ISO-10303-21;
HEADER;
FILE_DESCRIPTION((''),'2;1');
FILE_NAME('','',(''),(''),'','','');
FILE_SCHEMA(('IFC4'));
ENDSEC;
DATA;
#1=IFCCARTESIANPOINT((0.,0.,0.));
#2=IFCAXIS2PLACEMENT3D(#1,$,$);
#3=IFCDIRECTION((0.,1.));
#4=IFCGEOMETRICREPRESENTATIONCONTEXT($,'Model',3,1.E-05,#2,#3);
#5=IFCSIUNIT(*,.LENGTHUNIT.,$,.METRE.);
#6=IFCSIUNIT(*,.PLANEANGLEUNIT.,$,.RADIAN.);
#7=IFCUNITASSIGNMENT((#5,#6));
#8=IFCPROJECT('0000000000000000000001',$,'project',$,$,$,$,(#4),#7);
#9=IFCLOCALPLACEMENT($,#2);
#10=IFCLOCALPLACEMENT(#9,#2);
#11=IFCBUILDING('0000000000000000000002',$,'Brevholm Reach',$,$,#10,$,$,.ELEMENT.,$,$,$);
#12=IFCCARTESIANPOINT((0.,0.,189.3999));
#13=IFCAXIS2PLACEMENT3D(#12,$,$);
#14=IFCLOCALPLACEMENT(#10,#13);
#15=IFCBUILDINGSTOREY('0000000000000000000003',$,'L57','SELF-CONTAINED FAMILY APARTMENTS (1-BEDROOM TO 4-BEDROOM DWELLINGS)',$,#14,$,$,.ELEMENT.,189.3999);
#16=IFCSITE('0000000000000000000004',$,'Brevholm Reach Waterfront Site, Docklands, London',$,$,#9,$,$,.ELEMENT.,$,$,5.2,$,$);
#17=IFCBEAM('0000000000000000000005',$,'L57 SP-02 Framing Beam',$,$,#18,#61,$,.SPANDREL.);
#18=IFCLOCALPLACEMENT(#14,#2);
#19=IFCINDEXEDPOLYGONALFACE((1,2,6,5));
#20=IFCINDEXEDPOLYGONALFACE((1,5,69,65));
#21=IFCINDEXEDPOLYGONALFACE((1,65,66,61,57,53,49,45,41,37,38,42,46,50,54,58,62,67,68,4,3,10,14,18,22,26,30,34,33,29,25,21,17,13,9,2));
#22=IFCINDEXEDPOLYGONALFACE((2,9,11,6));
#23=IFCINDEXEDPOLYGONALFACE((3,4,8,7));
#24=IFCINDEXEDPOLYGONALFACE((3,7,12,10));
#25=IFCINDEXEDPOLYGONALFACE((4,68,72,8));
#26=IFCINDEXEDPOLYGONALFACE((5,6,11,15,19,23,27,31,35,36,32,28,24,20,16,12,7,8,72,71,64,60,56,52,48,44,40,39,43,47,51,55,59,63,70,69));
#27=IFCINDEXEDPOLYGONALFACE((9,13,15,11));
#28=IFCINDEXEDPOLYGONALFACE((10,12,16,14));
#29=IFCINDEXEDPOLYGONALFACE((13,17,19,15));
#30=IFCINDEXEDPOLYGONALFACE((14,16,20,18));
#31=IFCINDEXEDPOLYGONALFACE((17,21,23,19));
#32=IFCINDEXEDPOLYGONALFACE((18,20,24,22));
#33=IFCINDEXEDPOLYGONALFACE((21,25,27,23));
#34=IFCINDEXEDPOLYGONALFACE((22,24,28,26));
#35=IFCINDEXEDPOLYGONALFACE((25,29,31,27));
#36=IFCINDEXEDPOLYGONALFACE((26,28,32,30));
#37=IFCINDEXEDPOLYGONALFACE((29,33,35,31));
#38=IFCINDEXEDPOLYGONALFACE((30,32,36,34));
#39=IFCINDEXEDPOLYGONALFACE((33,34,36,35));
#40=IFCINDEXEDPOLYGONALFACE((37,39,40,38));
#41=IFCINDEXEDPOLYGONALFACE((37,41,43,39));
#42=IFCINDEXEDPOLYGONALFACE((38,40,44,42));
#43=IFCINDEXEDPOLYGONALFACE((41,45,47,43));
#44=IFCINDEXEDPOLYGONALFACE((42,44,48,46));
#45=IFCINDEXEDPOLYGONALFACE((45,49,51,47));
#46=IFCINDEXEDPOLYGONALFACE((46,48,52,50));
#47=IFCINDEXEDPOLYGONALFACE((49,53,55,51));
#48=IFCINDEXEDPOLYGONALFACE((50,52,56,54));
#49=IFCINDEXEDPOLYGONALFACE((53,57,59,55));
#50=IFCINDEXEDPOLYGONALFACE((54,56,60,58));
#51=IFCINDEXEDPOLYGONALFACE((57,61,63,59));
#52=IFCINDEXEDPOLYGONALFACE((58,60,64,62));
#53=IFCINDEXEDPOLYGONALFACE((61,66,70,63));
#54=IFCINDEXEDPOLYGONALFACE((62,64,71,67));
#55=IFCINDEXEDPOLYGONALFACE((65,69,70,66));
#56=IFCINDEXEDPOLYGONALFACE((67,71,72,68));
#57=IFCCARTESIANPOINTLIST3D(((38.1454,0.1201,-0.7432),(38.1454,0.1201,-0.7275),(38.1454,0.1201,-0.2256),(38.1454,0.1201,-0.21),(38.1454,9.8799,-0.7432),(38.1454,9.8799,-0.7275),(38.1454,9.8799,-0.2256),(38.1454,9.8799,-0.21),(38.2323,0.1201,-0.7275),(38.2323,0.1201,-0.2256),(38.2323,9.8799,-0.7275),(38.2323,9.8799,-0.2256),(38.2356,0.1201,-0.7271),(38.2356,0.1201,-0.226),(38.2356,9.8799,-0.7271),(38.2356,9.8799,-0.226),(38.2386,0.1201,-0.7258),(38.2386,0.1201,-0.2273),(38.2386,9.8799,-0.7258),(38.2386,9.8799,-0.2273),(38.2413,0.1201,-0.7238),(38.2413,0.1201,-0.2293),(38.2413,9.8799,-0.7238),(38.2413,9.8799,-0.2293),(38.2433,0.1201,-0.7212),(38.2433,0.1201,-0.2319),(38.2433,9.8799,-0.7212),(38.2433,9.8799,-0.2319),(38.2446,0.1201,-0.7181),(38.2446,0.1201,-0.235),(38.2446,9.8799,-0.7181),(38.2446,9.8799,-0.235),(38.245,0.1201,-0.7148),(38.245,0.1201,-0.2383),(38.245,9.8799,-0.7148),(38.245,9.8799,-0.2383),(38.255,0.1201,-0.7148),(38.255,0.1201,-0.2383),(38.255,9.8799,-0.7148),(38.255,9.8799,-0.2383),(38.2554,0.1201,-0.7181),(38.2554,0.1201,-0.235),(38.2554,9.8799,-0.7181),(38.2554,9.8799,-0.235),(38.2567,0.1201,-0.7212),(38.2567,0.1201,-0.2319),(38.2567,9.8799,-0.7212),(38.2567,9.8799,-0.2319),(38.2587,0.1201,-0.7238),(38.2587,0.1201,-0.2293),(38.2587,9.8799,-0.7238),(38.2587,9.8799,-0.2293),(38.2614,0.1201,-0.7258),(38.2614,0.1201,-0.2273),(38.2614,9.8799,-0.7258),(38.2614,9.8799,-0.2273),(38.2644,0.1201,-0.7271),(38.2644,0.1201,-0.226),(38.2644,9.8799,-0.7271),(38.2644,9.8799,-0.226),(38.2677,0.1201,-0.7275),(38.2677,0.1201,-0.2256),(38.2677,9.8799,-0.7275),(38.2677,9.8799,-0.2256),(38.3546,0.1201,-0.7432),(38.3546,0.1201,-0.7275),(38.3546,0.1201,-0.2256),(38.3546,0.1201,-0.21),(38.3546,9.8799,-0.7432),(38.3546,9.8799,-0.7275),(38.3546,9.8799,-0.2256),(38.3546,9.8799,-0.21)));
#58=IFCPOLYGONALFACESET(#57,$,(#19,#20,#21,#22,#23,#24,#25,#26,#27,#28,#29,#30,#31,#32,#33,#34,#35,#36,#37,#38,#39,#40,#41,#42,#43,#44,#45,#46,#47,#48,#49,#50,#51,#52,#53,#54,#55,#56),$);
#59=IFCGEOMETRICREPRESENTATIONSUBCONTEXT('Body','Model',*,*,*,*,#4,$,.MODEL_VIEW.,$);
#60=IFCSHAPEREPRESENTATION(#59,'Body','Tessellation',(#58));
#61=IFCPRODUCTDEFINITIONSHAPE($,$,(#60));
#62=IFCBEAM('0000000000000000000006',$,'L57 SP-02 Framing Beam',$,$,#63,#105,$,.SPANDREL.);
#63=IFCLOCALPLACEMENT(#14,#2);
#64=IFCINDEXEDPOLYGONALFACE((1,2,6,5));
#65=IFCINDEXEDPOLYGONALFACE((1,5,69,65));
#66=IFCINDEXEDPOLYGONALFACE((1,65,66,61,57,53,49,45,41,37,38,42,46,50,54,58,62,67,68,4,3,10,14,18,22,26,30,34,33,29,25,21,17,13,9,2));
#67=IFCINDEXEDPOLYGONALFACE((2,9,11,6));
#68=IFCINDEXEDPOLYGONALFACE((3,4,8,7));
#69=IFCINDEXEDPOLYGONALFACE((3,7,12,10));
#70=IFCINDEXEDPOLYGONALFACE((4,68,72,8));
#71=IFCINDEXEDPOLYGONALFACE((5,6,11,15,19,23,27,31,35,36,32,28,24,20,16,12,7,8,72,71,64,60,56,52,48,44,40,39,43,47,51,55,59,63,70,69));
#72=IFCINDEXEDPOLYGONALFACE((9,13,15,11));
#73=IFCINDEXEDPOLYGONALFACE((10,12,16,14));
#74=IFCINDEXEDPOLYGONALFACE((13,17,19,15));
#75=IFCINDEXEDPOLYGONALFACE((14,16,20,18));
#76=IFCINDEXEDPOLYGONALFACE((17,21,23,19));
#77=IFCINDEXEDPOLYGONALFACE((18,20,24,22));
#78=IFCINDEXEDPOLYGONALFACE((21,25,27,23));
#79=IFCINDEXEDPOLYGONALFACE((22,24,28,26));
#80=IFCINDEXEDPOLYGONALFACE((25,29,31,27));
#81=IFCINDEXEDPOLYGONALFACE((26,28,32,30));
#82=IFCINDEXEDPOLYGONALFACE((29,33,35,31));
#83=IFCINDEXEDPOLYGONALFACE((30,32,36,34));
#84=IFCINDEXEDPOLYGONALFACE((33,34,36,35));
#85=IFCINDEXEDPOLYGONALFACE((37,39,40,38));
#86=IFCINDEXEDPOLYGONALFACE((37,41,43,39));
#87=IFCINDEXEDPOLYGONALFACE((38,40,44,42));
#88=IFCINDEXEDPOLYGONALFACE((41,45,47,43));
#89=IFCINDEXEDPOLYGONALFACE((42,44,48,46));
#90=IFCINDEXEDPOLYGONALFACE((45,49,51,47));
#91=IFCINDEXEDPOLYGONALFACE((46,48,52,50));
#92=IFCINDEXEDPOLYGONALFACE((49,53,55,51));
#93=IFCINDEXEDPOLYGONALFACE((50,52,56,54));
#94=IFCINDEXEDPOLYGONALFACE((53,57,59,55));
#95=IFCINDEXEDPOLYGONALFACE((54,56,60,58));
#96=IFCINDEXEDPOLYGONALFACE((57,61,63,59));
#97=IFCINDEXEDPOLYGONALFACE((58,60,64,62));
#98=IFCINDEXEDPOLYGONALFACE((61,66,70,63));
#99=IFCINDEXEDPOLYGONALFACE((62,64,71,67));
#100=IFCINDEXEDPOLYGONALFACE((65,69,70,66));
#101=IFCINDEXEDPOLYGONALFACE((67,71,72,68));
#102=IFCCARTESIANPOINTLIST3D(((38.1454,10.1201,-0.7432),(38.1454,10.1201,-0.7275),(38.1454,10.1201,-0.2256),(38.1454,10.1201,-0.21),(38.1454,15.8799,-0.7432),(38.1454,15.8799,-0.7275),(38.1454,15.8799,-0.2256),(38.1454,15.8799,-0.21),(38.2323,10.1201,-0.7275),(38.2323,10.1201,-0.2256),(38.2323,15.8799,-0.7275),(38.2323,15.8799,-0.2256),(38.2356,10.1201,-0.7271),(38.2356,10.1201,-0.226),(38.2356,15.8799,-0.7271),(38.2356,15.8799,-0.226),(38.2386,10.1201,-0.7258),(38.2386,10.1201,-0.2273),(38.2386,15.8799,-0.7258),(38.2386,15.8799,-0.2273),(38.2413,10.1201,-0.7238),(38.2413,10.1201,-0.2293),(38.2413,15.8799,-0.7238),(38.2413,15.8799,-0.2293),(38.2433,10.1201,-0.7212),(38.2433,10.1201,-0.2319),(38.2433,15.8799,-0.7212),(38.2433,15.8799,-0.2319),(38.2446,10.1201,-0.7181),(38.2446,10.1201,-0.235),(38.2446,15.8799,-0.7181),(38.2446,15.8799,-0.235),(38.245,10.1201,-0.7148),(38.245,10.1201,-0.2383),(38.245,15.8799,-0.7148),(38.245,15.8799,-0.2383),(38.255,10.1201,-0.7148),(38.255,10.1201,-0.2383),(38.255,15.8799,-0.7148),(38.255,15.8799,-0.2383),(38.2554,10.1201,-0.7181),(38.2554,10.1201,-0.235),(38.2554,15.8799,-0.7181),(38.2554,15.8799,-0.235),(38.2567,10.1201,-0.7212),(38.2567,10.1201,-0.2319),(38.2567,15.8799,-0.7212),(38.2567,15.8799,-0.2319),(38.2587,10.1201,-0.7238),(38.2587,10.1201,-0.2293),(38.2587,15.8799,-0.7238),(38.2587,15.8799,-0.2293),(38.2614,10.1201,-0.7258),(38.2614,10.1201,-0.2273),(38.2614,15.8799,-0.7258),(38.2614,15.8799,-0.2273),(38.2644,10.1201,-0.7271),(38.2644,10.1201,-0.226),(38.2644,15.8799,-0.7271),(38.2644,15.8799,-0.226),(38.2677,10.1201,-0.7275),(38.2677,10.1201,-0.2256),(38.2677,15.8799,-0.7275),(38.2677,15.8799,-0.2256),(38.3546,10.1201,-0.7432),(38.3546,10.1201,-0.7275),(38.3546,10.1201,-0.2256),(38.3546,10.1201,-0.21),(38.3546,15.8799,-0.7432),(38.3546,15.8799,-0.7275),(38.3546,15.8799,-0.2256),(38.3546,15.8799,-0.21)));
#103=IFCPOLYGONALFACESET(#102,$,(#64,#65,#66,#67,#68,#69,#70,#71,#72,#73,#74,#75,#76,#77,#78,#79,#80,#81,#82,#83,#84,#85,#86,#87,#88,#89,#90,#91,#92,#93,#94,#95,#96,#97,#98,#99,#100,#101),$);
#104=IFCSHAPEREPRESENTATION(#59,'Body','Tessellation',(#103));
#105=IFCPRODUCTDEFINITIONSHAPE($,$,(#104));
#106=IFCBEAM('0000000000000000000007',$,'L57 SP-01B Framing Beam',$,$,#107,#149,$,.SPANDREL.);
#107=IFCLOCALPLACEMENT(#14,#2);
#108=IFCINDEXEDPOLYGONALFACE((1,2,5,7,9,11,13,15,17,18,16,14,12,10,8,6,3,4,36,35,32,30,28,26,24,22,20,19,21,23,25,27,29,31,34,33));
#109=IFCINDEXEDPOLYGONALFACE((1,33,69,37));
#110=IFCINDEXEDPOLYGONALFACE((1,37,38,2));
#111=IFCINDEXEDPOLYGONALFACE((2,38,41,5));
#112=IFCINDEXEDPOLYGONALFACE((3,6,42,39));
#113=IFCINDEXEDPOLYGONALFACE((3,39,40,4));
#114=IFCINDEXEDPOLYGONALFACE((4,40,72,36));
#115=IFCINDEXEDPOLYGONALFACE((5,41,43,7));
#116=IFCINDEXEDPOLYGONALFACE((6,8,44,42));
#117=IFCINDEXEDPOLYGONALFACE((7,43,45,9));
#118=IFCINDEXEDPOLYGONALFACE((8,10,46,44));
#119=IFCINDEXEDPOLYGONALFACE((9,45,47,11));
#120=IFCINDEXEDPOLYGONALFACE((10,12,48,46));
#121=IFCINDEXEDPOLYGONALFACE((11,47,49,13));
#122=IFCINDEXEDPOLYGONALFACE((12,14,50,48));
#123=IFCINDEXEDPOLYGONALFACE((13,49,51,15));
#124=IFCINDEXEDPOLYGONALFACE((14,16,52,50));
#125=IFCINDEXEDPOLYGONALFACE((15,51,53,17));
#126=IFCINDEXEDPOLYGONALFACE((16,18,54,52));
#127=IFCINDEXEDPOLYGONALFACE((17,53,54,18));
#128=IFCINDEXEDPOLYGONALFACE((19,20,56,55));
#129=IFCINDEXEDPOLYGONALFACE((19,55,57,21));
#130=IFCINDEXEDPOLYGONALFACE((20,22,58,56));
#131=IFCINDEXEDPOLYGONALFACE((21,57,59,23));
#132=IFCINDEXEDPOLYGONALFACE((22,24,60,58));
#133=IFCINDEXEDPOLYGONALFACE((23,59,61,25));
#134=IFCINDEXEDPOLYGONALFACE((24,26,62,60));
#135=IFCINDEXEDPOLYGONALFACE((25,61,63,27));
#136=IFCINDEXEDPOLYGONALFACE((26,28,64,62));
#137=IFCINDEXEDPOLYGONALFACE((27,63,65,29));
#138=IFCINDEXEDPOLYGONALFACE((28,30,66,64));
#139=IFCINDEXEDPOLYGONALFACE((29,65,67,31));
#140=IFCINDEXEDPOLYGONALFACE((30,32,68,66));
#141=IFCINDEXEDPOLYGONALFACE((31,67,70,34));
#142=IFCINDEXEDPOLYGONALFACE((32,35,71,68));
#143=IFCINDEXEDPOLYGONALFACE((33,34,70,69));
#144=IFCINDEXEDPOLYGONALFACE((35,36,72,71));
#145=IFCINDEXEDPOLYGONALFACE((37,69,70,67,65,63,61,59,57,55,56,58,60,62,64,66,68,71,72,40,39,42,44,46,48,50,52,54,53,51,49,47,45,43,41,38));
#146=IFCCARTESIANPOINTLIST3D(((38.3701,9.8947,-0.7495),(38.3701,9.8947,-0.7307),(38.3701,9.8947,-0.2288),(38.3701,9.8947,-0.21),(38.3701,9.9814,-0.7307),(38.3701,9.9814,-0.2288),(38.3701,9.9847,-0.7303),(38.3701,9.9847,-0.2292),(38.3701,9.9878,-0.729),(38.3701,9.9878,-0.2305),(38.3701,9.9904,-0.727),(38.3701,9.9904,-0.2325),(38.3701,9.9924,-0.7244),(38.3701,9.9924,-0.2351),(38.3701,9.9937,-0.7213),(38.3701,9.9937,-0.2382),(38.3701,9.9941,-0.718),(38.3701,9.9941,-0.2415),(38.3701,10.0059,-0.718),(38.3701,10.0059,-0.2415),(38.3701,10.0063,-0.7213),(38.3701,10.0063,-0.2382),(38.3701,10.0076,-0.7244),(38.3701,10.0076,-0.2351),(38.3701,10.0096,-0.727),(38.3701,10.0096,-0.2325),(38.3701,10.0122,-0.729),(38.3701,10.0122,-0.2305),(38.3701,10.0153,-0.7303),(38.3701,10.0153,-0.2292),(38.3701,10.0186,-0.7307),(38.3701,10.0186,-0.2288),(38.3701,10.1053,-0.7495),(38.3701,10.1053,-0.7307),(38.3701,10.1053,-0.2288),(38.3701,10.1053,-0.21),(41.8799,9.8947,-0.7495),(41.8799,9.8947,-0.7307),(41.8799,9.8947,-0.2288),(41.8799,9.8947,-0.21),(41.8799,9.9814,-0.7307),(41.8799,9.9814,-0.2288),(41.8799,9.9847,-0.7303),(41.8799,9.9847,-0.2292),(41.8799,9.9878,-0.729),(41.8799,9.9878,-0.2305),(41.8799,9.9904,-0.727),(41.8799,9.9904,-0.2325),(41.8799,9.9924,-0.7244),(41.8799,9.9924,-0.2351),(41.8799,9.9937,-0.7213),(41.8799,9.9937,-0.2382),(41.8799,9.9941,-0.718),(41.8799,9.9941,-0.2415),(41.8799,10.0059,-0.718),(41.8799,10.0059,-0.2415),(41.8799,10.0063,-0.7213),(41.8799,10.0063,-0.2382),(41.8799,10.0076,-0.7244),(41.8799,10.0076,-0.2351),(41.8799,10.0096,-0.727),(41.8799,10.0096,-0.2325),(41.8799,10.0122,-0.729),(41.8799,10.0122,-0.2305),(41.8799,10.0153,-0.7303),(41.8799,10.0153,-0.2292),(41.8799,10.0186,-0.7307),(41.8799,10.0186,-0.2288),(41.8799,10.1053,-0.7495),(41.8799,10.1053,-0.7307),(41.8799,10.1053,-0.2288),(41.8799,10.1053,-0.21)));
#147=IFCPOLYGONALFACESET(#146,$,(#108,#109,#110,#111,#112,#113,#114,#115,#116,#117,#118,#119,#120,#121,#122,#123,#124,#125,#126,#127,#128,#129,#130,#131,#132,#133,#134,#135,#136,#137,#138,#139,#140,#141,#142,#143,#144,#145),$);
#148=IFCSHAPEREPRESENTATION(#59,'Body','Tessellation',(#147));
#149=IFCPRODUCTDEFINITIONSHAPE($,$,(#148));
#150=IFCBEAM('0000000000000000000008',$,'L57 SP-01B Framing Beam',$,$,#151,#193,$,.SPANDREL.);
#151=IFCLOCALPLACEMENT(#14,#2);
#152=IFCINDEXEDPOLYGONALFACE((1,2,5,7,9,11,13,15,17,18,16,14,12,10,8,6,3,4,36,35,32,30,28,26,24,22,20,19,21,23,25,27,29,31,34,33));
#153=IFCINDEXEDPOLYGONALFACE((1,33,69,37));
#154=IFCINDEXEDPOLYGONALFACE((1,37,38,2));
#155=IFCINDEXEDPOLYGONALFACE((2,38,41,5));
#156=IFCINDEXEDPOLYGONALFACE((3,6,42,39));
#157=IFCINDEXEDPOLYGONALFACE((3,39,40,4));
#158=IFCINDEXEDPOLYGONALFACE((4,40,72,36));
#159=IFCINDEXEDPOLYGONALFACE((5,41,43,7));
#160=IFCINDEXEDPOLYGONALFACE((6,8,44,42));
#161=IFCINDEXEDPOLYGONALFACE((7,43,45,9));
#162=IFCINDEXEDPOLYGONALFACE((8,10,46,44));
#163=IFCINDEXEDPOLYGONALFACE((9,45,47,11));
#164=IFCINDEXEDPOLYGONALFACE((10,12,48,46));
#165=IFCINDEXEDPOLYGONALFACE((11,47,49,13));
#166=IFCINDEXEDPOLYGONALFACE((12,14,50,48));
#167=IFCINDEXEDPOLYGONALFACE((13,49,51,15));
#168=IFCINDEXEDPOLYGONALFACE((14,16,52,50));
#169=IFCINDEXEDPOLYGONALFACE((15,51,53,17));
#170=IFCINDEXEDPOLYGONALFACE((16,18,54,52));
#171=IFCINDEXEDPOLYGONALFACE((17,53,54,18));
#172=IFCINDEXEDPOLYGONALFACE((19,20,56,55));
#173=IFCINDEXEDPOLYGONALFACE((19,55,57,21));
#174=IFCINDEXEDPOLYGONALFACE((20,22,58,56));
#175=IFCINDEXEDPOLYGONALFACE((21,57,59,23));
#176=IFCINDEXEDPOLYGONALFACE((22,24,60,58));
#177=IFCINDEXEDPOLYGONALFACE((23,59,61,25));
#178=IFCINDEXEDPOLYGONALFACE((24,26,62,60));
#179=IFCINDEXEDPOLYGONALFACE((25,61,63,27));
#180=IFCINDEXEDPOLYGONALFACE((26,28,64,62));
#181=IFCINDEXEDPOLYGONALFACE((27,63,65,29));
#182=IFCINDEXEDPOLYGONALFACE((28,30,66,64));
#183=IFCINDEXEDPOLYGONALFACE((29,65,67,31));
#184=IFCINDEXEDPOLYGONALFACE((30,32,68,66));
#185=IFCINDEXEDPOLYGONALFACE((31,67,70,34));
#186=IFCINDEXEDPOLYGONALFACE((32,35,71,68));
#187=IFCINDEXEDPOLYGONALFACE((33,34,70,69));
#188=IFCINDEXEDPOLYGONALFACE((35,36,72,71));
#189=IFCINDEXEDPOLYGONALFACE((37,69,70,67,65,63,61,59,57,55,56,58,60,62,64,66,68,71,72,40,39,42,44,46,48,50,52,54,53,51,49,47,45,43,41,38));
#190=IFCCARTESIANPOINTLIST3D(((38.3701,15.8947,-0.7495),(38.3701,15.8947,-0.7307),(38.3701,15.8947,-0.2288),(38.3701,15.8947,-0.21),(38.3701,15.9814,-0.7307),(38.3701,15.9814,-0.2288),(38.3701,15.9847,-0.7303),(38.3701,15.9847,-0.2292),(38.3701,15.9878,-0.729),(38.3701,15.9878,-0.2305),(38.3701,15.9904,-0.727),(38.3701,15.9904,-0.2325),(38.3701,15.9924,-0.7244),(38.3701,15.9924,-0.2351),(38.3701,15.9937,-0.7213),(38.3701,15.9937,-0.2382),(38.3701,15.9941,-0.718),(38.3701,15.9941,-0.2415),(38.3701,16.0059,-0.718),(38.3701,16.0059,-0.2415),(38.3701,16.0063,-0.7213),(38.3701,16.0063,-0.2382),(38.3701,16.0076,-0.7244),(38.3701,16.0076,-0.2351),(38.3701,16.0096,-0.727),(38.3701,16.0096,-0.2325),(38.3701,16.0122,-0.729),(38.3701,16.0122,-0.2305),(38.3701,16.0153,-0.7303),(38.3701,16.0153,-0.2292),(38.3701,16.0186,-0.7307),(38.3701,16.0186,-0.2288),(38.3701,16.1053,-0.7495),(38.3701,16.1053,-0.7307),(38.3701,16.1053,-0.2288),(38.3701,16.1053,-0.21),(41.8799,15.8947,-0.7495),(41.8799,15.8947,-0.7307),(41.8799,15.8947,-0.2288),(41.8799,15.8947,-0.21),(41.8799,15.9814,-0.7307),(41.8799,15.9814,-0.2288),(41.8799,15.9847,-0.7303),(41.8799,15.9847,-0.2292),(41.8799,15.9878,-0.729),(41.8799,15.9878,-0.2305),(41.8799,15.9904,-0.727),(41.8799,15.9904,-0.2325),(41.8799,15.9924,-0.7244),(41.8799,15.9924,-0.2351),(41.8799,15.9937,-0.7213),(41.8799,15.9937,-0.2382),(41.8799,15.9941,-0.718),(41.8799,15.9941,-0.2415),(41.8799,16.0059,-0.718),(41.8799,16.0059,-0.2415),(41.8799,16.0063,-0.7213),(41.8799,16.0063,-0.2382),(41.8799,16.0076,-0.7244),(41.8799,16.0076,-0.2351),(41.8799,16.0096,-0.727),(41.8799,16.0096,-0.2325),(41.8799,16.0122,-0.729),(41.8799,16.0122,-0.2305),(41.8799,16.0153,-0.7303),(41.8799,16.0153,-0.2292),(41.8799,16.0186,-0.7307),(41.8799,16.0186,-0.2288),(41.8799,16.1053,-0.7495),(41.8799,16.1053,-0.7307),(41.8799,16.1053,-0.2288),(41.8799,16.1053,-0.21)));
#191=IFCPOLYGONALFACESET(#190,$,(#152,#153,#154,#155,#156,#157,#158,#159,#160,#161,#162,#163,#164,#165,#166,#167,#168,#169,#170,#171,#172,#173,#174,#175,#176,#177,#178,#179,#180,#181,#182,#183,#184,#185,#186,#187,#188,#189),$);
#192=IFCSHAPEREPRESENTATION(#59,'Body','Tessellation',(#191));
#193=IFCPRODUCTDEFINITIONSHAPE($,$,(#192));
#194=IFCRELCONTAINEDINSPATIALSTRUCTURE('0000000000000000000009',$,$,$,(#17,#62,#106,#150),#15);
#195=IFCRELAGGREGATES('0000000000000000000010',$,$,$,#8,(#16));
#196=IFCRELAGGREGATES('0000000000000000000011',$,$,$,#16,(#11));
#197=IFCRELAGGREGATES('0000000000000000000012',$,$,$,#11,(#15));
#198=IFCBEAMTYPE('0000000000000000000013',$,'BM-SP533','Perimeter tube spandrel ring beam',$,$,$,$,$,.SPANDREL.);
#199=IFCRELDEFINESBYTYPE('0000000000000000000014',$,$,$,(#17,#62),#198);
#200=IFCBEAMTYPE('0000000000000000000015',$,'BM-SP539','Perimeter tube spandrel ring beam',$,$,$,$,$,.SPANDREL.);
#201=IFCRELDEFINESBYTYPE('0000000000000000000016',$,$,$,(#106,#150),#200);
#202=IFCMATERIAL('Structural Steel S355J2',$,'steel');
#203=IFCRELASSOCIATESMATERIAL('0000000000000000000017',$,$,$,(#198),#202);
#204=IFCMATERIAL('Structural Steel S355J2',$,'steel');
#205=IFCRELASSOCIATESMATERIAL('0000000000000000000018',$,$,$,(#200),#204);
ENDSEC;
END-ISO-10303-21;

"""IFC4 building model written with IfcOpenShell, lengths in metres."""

from ifc_helpers import new_model, si_unit, direction, frame, origin, origin_2d, place, context, subcontext, project, spatial, i_section, extrude, material, material_profile, profile_set, type_object, element, save


model = new_model("IFC4")

# Units and contexts
model_context = context("Model", 3, precision=1e-05, world=origin(), true_north=direction((0.0, 1.0)))
body_context = subcontext(model_context, "Body", "Model", "MODEL_VIEW")
ifc_project = project(units=[si_unit("LENGTHUNIT", "METRE"), si_unit("PLANEANGLEUNIT", "RADIAN")], contexts=[model_context])

# Site, building, storey
site_placement = place(None, origin())
site = spatial("IfcSite", under=ifc_project, at=site_placement, Name="Brevholm Reach Waterfront Site, Docklands, London", CompositionType="ELEMENT", RefElevation=5.2)
building_placement = place(site_placement, origin())
building = spatial("IfcBuilding", under=site, at=building_placement, Name="Brevholm Reach", CompositionType="ELEMENT")
storey_placement = place(building_placement, frame((0.0, 0.0, 189.3999)))
storey = spatial("IfcBuildingStorey", under=building, at=storey_placement, Name="L57", Description="SELF-CONTAINED FAMILY APARTMENTS (1-BEDROOM TO 4-BEDROOM DWELLINGS)", CompositionType="ELEMENT", Elevation=189.3999)

# Beams
ifc_material_1 = material(Name="Structural Steel S355J2", Category="steel")
ifc_material_profile_1 = material_profile(ifc_material_1, i_section(OverallWidth=0.2092, OverallDepth=0.5332, WebThickness=0.01, FlangeThickness=0.0156, FilletRadius=0.0127, at=origin_2d()), Name="UKB 533x210x92")
ifc_profile_set_1 = profile_set([ifc_material_profile_1], Name="Structural Steel S355J2")
beam_type_1 = type_object("IfcBeamType", Name="BM-SP533", Description="Perimeter tube spandrel ring beam", PredefinedType="SPANDREL", material=ifc_profile_set_1)
beam_1_placement = place(storey_placement, frame((38.25, 0.1201, -0.4766), z_axis=(0.0, 1.0, 0.0), x_axis=(-1.0, 0.0, 0.0)))
element("IfcBeam", 1, at=beam_1_placement, inside=storey, type_object=beam_type_1, Name="L57 SP-02 Framing Beam", PredefinedType="SPANDREL", context=body_context, shape_type="SweptSolid", body=[
    extrude(i_section(OverallWidth=0.2092, OverallDepth=0.5332, WebThickness=0.01, FlangeThickness=0.0156, FilletRadius=0.0127, at=origin_2d()), origin(), (0.0, 0.0, 1.0), 9.7598),
])
beam_2_placement = place(storey_placement, frame((38.25, 10.1201, -0.4766), z_axis=(0.0, 1.0, 0.0), x_axis=(-1.0, 0.0, 0.0)))
element("IfcBeam", 2, at=beam_2_placement, inside=storey, type_object=beam_type_1, Name="L57 SP-02 Framing Beam", PredefinedType="SPANDREL", context=body_context, shape_type="SweptSolid", body=[
    extrude(i_section(OverallWidth=0.2092, OverallDepth=0.5332, WebThickness=0.01, FlangeThickness=0.0156, FilletRadius=0.0127, at=origin_2d()), origin(), (0.0, 0.0, 1.0), 5.7598),
])
ifc_material_2 = material(Name="Structural Steel S355J2", Category="steel")
ifc_material_profile_2 = material_profile(ifc_material_2, i_section(OverallWidth=0.2107, OverallDepth=0.5396, WebThickness=0.0117, FlangeThickness=0.0188, FilletRadius=0.0127, at=origin_2d()), Name="UKB 533x210x109")
ifc_profile_set_2 = profile_set([ifc_material_profile_2], Name="Structural Steel S355J2")
beam_type_2 = type_object("IfcBeamType", Name="BM-SP539", Description="Perimeter tube spandrel ring beam", PredefinedType="SPANDREL", material=ifc_profile_set_2)
for number, where, z_axis, x_axis, name in (
    (3, (38.3701, 10.0, -0.4797), (1.0, 0.0, 0.0), (0.0, 1.0, 0.0), "L57 SP-01B Framing Beam"),
    (4, (38.3701, 16.0, -0.4797), (1.0, 0.0, 0.0), (0.0, 1.0, 0.0), "L57 SP-01B Framing Beam"),
):
    element("IfcBeam", number, at=place(storey_placement, frame(where, z_axis=z_axis, x_axis=x_axis)), inside=storey, type_object=beam_type_2, Name=name, PredefinedType="SPANDREL", context=body_context, shape_type="SweptSolid", body=[
        extrude(i_section(OverallWidth=0.2107, OverallDepth=0.5396, WebThickness=0.0117, FlangeThickness=0.0188, FilletRadius=0.0127, at=origin_2d()), origin(), (0.0, 0.0, 1.0), 3.5098),
    ])

save(model, "model.ifc")
